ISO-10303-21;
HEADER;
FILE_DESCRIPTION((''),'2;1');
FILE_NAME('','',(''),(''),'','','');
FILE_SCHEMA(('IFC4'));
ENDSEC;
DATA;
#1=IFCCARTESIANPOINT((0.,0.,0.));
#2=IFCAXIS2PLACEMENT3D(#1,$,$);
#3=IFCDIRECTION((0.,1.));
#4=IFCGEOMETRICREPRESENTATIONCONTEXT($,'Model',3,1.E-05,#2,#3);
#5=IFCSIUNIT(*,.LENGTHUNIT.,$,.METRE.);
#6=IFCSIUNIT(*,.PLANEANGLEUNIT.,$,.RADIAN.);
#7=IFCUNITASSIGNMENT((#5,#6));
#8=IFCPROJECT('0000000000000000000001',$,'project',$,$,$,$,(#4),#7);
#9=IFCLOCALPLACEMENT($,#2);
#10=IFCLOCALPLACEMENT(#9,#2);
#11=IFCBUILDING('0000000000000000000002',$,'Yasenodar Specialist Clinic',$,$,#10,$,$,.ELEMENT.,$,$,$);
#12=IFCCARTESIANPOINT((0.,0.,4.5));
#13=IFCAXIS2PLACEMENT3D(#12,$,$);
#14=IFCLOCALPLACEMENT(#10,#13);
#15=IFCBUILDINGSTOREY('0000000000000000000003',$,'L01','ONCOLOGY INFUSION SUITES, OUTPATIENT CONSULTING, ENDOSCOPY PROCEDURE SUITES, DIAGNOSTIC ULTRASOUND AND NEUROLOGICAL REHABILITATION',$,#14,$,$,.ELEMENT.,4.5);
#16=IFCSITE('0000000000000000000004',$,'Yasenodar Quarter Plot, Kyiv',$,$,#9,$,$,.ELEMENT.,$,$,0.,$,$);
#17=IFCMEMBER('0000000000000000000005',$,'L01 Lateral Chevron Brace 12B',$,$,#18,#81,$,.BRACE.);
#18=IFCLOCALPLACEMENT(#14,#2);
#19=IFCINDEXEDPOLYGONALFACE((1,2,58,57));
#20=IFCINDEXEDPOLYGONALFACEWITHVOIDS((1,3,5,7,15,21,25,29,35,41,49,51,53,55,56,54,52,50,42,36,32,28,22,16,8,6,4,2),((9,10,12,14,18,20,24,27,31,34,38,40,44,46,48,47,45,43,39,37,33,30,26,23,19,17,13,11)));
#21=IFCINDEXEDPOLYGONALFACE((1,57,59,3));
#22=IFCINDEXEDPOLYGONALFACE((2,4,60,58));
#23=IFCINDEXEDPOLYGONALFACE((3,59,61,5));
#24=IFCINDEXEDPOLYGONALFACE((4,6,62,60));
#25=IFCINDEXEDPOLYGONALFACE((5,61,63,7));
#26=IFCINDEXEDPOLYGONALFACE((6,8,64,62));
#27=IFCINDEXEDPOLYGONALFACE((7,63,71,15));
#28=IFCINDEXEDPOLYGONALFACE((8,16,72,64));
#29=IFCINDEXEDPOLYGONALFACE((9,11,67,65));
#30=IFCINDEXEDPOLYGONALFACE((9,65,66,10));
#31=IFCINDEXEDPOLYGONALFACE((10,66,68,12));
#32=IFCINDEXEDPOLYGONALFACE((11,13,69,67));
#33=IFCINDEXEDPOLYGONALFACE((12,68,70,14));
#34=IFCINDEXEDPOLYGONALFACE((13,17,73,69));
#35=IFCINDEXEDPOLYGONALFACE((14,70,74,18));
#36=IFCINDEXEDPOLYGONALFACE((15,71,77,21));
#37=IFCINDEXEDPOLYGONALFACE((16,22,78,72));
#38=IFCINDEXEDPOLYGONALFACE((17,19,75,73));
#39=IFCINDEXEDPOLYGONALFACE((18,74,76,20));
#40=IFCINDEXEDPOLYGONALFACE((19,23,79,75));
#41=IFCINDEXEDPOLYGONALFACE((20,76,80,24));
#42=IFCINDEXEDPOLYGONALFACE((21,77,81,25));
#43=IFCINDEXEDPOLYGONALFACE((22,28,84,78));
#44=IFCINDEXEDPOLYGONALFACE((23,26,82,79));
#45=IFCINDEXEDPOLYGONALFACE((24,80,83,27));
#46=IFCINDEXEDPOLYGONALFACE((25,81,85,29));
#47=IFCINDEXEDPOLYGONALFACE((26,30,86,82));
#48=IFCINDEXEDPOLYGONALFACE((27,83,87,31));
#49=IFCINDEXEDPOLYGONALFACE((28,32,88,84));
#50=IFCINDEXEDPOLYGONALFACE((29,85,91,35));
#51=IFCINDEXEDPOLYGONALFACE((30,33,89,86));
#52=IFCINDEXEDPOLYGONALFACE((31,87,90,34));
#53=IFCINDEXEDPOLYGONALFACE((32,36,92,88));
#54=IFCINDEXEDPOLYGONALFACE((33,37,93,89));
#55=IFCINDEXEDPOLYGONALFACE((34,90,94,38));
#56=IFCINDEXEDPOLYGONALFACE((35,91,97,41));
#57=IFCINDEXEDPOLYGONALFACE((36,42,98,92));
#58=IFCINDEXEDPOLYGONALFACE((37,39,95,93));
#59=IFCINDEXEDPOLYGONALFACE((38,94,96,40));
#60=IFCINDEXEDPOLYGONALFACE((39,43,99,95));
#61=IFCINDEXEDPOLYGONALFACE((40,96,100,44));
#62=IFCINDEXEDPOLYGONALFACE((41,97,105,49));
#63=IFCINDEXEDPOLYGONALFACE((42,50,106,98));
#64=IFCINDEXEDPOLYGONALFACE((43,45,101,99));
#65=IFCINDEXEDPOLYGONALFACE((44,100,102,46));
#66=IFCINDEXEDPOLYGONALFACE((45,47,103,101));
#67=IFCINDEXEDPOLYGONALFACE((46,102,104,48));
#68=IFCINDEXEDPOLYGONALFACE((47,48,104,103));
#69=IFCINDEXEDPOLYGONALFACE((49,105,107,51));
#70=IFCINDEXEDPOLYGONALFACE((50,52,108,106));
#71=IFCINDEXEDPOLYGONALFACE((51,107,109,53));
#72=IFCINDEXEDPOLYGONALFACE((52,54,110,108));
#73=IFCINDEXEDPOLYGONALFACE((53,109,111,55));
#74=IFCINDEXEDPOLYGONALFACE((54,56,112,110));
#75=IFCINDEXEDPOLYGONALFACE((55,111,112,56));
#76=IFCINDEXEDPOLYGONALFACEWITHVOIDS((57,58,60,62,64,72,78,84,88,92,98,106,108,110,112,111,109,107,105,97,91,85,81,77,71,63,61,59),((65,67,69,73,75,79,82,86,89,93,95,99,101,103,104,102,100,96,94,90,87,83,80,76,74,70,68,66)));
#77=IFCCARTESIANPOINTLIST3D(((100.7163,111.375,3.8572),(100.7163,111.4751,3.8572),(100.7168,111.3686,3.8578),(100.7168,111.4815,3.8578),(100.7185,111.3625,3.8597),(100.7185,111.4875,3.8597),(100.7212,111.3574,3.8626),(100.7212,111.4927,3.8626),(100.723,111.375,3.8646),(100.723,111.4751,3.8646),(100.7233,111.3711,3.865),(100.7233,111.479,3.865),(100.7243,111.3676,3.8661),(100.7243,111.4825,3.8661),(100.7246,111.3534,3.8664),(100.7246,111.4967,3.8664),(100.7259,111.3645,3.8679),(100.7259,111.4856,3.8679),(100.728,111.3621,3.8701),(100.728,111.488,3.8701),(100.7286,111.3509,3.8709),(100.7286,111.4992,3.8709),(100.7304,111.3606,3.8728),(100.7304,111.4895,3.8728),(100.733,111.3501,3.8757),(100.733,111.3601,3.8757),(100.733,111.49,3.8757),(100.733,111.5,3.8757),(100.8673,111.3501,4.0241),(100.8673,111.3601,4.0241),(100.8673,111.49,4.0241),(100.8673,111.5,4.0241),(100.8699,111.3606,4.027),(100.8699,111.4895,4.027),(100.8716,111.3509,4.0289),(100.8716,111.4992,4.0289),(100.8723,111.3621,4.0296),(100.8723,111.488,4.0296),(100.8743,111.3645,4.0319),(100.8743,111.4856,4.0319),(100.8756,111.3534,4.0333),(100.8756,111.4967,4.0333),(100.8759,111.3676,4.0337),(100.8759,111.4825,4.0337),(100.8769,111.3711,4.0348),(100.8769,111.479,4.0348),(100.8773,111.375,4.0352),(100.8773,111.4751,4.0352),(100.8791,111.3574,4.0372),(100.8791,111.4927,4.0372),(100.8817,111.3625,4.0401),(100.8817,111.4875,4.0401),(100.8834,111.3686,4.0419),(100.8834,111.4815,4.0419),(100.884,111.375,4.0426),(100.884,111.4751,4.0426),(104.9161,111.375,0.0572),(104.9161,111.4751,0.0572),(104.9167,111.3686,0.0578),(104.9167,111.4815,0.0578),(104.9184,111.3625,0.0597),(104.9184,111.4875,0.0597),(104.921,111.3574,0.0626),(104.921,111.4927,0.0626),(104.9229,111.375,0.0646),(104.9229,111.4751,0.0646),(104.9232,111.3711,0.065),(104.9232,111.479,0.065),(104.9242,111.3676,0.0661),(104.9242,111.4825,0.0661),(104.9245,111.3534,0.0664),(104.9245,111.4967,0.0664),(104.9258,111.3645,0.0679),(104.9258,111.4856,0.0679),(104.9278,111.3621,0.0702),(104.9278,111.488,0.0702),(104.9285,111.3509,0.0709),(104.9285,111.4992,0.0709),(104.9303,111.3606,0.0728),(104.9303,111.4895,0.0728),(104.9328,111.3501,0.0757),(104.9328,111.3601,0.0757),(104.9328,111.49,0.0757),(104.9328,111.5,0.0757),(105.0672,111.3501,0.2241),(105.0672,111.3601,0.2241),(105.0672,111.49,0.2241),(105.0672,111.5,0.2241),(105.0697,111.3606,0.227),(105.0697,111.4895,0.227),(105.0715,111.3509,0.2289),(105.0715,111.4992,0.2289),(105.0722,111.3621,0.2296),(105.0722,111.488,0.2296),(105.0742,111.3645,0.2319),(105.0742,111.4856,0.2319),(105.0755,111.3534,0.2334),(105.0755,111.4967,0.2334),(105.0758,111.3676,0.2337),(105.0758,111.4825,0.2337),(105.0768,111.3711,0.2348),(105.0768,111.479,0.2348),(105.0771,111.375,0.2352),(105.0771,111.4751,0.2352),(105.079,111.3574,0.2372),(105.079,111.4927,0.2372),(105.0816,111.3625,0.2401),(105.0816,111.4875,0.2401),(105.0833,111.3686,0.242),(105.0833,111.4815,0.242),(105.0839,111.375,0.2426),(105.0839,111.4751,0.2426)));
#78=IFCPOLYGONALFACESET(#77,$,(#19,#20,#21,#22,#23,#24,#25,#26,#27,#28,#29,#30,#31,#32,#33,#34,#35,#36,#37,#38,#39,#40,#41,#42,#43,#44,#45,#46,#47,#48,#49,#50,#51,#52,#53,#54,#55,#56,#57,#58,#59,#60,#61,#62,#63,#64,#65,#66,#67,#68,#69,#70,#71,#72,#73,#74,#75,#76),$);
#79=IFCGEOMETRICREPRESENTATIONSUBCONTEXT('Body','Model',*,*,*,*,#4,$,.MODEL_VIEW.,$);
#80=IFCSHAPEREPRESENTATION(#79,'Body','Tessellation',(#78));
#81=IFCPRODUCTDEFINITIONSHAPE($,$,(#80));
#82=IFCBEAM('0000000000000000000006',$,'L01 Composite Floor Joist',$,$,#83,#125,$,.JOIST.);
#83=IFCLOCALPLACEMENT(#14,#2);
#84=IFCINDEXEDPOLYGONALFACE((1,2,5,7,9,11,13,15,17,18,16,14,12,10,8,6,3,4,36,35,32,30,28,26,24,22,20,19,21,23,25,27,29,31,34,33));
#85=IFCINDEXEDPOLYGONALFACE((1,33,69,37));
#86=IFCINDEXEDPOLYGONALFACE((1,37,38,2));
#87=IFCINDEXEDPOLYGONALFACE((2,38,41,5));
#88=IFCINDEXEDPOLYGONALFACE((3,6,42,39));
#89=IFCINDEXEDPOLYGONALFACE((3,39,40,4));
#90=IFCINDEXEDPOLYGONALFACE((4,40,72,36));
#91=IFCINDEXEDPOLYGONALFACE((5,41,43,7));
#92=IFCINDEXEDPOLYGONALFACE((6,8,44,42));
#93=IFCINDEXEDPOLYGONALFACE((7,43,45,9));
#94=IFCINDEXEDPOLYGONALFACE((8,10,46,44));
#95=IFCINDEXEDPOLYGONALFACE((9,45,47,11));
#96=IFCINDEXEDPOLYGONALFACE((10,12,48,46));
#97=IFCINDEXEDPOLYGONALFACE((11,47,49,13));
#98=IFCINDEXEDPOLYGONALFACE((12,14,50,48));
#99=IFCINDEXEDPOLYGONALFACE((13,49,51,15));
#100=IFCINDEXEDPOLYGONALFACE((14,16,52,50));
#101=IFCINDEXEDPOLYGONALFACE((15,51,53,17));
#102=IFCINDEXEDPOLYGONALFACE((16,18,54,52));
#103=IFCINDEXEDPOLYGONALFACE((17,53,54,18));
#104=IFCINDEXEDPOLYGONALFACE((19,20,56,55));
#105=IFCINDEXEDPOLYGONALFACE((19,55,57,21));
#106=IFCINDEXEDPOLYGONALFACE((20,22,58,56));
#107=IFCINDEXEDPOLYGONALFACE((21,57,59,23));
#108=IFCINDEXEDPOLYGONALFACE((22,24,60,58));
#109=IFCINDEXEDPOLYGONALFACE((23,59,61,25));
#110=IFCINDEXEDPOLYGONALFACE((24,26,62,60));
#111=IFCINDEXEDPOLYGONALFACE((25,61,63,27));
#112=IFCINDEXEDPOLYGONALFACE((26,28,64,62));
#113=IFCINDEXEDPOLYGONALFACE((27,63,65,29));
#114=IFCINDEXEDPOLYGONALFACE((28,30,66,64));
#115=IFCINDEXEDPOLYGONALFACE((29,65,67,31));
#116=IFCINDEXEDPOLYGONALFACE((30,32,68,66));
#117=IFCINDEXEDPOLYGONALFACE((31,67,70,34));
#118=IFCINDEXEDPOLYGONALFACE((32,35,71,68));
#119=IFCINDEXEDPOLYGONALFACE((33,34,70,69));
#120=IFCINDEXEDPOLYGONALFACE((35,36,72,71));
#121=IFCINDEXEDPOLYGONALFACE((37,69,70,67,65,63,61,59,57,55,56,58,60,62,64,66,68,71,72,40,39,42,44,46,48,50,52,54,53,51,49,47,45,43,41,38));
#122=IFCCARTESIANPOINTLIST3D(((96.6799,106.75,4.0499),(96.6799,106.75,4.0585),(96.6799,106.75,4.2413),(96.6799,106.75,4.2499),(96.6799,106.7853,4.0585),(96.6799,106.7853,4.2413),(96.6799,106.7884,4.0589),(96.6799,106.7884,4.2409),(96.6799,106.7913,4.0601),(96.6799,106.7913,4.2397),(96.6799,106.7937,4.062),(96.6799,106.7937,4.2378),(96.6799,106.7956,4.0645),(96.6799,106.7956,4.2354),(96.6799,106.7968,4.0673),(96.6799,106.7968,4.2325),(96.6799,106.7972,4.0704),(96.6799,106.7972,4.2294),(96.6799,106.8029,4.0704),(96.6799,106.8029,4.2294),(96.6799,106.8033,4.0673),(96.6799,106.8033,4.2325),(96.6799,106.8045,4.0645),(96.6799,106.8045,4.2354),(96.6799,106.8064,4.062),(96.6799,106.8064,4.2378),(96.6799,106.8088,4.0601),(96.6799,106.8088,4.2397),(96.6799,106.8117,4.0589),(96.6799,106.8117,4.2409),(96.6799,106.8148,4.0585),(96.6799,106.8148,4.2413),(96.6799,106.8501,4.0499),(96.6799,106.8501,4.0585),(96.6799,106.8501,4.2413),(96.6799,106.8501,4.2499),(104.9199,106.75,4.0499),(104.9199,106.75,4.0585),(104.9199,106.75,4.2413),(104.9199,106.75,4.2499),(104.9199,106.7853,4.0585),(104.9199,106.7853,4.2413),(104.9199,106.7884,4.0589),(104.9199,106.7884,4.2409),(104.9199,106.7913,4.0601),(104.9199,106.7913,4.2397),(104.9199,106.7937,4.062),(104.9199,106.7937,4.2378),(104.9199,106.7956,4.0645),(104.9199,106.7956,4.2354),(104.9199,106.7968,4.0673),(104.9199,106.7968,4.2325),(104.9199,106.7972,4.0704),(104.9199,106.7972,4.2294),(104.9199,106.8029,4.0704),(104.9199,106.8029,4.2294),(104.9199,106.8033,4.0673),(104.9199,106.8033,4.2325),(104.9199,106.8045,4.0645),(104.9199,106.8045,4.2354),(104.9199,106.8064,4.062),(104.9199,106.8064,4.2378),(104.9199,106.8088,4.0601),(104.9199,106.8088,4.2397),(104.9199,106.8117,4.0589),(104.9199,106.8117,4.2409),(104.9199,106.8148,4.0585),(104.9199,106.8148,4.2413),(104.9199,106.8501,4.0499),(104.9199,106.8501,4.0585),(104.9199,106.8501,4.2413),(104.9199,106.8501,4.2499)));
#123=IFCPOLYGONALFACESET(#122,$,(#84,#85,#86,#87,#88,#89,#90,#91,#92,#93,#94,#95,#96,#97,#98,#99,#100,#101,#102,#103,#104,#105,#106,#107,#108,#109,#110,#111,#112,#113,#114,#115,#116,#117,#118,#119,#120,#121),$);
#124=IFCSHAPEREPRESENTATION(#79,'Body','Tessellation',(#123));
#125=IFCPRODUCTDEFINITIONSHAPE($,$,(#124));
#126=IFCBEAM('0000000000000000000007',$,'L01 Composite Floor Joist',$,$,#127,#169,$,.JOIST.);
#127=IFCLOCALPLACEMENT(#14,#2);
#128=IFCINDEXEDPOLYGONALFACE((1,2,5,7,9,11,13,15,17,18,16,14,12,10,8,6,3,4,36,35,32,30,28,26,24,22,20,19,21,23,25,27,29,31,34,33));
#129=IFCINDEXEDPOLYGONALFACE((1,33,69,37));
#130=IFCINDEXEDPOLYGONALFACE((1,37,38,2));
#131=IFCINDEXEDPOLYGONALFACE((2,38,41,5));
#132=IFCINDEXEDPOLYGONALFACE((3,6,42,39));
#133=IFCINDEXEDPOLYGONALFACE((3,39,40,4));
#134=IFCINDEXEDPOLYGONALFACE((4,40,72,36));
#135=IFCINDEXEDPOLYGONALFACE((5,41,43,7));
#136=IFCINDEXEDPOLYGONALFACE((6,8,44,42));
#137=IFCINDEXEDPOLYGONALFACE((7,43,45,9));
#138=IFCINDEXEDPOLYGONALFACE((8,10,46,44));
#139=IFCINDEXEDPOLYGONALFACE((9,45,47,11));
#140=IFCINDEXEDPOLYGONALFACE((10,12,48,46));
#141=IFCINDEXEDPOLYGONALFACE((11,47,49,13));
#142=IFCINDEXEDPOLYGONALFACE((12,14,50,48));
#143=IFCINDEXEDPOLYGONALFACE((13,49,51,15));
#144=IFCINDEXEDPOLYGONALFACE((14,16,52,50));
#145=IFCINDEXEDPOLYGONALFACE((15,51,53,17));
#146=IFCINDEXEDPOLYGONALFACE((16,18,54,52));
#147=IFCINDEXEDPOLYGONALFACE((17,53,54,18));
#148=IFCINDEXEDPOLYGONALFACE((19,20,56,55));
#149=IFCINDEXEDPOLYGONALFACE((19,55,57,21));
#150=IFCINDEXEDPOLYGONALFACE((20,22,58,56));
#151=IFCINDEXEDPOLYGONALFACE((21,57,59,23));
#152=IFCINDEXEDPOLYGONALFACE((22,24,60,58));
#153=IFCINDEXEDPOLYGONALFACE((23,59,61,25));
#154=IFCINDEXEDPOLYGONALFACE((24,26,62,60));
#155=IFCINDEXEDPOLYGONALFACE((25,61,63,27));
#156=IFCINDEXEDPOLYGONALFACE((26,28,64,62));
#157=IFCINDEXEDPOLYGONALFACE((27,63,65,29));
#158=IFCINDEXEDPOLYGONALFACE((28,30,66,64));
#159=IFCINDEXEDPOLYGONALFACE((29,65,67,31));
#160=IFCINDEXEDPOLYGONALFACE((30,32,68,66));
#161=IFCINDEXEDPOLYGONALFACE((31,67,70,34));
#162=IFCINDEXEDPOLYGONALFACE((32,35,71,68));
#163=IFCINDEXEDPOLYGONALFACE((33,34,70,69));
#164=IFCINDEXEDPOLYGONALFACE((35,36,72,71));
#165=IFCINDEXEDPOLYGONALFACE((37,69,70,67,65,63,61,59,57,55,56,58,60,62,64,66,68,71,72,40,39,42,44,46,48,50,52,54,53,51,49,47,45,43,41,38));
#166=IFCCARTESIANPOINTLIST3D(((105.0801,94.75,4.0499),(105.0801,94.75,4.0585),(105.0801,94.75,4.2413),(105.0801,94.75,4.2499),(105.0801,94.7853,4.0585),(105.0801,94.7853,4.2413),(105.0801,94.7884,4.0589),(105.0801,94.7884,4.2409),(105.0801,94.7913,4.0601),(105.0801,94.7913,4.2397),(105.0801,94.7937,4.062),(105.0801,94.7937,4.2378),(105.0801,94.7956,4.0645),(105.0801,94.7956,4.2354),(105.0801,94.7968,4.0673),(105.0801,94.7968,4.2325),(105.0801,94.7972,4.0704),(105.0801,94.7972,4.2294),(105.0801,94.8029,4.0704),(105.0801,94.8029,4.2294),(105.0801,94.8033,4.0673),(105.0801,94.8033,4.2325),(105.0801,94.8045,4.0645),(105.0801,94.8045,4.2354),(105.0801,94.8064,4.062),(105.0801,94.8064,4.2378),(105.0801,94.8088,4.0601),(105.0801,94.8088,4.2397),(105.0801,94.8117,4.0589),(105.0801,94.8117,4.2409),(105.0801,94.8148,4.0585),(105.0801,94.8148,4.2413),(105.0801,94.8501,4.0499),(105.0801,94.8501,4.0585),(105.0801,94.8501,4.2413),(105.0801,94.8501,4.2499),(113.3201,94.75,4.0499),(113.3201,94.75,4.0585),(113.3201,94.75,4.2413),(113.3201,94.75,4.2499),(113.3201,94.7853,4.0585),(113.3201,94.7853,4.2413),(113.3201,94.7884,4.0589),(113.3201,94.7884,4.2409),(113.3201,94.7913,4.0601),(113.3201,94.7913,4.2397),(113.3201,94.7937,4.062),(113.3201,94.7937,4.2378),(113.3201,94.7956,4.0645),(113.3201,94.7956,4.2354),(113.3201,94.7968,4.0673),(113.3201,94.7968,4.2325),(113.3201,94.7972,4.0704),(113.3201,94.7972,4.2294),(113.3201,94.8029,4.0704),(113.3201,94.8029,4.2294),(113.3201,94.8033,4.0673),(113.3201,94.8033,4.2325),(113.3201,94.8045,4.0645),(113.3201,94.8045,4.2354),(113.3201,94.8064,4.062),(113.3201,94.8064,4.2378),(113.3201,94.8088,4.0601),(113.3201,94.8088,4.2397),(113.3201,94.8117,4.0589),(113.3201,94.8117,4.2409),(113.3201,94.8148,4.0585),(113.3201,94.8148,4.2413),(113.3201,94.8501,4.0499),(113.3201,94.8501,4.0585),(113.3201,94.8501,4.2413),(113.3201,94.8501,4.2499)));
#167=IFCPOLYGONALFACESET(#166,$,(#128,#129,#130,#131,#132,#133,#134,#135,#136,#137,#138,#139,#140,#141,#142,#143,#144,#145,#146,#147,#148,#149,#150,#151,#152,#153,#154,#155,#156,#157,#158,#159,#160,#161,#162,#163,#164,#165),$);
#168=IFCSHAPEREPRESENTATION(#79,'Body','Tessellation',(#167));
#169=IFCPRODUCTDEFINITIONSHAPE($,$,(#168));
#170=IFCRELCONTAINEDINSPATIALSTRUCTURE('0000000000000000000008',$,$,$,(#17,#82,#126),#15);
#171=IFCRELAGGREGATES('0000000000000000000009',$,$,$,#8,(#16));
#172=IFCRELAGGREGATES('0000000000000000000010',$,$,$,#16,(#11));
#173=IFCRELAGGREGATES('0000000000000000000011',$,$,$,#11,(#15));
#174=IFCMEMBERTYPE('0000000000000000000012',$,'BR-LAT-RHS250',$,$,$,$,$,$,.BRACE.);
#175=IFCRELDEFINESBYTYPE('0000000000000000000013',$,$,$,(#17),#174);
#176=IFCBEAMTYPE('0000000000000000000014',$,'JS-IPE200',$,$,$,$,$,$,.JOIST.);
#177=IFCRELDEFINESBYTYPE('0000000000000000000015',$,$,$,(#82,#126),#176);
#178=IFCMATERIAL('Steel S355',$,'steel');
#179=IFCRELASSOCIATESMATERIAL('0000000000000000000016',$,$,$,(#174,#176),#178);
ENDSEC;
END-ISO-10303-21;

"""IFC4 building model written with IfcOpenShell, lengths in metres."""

from ifc_helpers import new_model, si_unit, direction, frame, origin, origin_2d, place, context, subcontext, project, spatial, hollow_rectangle, i_section, extrude, material, material_profile, profile_set, type_object, element, save


model = new_model("IFC4")

# Units and contexts
model_context = context("Model", 3, precision=1e-05, world=origin(), true_north=direction((0.0, 1.0)))
body_context = subcontext(model_context, "Body", "Model", "MODEL_VIEW")
ifc_project = project(units=[si_unit("LENGTHUNIT", "METRE"), si_unit("PLANEANGLEUNIT", "RADIAN")], contexts=[model_context])

# Site, building, storey
site_placement = place(None, origin())
site = spatial("IfcSite", under=ifc_project, at=site_placement, Name="Yasenodar Quarter Plot, Kyiv", CompositionType="ELEMENT", RefElevation=0.0)
building_placement = place(site_placement, origin())
building = spatial("IfcBuilding", under=site, at=building_placement, Name="Yasenodar Specialist Clinic", CompositionType="ELEMENT")
storey_placement = place(building_placement, frame((0.0, 0.0, 4.5)))
storey = spatial("IfcBuildingStorey", under=building, at=storey_placement, Name="L01", Description="ONCOLOGY INFUSION SUITES, OUTPATIENT CONSULTING, ENDOSCOPY PROCEDURE SUITES, DIAGNOSTIC ULTRASOUND AND NEUROLOGICAL REHABILITATION", CompositionType="ELEMENT", Elevation=4.5)

# Shared definitions
ifc_material_1 = material(Name="Steel S355", Category="steel")

# Member
ifc_material_profile_1 = material_profile(ifc_material_1, hollow_rectangle(XDim=0.1499, YDim=0.25, WallThickness=0.01, InnerFilletRadius=0.0149, OuterFilletRadius=0.0249, at=origin_2d()), Name="RHS 250x150x10")
ifc_profile_set_1 = profile_set([ifc_material_profile_1], Name="Steel S355")
member_type = type_object("IfcMemberType", Name="BR-LAT-RHS250", PredefinedType="BRACE", material=ifc_profile_set_1)
member_placement = place(storey_placement, frame((105.0, 111.425, 0.1499), z_axis=(-0.741528, 0.0, 0.670922), x_axis=(0.0, -1.0, 0.0)))
element("IfcMember", 1, at=member_placement, inside=storey, type_object=member_type, Name="L01 Lateral Chevron Brace 12B", PredefinedType="BRACE", context=body_context, shape_type="SweptSolid", body=[
    extrude(hollow_rectangle(XDim=0.1499, YDim=0.25, WallThickness=0.01, InnerFilletRadius=0.0149, OuterFilletRadius=0.0249, at=origin_2d()), origin(), (0.0, 0.0, 1.0), 5.6638),
])

# Beams
ifc_material_profile_2 = material_profile(ifc_material_1, i_section(OverallWidth=0.1001, OverallDepth=0.2, WebThickness=0.0056, FlangeThickness=0.0085, FilletRadius=0.012, at=origin_2d()), Name="IPE 200")
ifc_profile_set_2 = profile_set([ifc_material_profile_2], Name="Steel S355")
beam_type_1 = type_object("IfcBeamType", Name="JS-IPE200", PredefinedType="JOIST", material=ifc_profile_set_2)
for number, where, z_axis, x_axis, name in (
    (2, (96.6799, 106.8, 4.1499), (1.0, 0.0, 0.0), (0.0, 1.0, 0.0), "L01 Composite Floor Joist"),
    (3, (105.0801, 94.8, 4.1499), (1.0, 0.0, 0.0), (0.0, 1.0, 0.0), "L01 Composite Floor Joist"),
):
    element("IfcBeam", number, at=place(storey_placement, frame(where, z_axis=z_axis, x_axis=x_axis)), inside=storey, type_object=beam_type_1, Name=name, PredefinedType="JOIST", context=body_context, shape_type="SweptSolid", body=[
        extrude(i_section(OverallWidth=0.1001, OverallDepth=0.2, WebThickness=0.0056, FlangeThickness=0.0085, FilletRadius=0.012, at=origin_2d()), origin(), (0.0, 0.0, 1.0), 8.24),
    ])

save(model, "model.ifc")
